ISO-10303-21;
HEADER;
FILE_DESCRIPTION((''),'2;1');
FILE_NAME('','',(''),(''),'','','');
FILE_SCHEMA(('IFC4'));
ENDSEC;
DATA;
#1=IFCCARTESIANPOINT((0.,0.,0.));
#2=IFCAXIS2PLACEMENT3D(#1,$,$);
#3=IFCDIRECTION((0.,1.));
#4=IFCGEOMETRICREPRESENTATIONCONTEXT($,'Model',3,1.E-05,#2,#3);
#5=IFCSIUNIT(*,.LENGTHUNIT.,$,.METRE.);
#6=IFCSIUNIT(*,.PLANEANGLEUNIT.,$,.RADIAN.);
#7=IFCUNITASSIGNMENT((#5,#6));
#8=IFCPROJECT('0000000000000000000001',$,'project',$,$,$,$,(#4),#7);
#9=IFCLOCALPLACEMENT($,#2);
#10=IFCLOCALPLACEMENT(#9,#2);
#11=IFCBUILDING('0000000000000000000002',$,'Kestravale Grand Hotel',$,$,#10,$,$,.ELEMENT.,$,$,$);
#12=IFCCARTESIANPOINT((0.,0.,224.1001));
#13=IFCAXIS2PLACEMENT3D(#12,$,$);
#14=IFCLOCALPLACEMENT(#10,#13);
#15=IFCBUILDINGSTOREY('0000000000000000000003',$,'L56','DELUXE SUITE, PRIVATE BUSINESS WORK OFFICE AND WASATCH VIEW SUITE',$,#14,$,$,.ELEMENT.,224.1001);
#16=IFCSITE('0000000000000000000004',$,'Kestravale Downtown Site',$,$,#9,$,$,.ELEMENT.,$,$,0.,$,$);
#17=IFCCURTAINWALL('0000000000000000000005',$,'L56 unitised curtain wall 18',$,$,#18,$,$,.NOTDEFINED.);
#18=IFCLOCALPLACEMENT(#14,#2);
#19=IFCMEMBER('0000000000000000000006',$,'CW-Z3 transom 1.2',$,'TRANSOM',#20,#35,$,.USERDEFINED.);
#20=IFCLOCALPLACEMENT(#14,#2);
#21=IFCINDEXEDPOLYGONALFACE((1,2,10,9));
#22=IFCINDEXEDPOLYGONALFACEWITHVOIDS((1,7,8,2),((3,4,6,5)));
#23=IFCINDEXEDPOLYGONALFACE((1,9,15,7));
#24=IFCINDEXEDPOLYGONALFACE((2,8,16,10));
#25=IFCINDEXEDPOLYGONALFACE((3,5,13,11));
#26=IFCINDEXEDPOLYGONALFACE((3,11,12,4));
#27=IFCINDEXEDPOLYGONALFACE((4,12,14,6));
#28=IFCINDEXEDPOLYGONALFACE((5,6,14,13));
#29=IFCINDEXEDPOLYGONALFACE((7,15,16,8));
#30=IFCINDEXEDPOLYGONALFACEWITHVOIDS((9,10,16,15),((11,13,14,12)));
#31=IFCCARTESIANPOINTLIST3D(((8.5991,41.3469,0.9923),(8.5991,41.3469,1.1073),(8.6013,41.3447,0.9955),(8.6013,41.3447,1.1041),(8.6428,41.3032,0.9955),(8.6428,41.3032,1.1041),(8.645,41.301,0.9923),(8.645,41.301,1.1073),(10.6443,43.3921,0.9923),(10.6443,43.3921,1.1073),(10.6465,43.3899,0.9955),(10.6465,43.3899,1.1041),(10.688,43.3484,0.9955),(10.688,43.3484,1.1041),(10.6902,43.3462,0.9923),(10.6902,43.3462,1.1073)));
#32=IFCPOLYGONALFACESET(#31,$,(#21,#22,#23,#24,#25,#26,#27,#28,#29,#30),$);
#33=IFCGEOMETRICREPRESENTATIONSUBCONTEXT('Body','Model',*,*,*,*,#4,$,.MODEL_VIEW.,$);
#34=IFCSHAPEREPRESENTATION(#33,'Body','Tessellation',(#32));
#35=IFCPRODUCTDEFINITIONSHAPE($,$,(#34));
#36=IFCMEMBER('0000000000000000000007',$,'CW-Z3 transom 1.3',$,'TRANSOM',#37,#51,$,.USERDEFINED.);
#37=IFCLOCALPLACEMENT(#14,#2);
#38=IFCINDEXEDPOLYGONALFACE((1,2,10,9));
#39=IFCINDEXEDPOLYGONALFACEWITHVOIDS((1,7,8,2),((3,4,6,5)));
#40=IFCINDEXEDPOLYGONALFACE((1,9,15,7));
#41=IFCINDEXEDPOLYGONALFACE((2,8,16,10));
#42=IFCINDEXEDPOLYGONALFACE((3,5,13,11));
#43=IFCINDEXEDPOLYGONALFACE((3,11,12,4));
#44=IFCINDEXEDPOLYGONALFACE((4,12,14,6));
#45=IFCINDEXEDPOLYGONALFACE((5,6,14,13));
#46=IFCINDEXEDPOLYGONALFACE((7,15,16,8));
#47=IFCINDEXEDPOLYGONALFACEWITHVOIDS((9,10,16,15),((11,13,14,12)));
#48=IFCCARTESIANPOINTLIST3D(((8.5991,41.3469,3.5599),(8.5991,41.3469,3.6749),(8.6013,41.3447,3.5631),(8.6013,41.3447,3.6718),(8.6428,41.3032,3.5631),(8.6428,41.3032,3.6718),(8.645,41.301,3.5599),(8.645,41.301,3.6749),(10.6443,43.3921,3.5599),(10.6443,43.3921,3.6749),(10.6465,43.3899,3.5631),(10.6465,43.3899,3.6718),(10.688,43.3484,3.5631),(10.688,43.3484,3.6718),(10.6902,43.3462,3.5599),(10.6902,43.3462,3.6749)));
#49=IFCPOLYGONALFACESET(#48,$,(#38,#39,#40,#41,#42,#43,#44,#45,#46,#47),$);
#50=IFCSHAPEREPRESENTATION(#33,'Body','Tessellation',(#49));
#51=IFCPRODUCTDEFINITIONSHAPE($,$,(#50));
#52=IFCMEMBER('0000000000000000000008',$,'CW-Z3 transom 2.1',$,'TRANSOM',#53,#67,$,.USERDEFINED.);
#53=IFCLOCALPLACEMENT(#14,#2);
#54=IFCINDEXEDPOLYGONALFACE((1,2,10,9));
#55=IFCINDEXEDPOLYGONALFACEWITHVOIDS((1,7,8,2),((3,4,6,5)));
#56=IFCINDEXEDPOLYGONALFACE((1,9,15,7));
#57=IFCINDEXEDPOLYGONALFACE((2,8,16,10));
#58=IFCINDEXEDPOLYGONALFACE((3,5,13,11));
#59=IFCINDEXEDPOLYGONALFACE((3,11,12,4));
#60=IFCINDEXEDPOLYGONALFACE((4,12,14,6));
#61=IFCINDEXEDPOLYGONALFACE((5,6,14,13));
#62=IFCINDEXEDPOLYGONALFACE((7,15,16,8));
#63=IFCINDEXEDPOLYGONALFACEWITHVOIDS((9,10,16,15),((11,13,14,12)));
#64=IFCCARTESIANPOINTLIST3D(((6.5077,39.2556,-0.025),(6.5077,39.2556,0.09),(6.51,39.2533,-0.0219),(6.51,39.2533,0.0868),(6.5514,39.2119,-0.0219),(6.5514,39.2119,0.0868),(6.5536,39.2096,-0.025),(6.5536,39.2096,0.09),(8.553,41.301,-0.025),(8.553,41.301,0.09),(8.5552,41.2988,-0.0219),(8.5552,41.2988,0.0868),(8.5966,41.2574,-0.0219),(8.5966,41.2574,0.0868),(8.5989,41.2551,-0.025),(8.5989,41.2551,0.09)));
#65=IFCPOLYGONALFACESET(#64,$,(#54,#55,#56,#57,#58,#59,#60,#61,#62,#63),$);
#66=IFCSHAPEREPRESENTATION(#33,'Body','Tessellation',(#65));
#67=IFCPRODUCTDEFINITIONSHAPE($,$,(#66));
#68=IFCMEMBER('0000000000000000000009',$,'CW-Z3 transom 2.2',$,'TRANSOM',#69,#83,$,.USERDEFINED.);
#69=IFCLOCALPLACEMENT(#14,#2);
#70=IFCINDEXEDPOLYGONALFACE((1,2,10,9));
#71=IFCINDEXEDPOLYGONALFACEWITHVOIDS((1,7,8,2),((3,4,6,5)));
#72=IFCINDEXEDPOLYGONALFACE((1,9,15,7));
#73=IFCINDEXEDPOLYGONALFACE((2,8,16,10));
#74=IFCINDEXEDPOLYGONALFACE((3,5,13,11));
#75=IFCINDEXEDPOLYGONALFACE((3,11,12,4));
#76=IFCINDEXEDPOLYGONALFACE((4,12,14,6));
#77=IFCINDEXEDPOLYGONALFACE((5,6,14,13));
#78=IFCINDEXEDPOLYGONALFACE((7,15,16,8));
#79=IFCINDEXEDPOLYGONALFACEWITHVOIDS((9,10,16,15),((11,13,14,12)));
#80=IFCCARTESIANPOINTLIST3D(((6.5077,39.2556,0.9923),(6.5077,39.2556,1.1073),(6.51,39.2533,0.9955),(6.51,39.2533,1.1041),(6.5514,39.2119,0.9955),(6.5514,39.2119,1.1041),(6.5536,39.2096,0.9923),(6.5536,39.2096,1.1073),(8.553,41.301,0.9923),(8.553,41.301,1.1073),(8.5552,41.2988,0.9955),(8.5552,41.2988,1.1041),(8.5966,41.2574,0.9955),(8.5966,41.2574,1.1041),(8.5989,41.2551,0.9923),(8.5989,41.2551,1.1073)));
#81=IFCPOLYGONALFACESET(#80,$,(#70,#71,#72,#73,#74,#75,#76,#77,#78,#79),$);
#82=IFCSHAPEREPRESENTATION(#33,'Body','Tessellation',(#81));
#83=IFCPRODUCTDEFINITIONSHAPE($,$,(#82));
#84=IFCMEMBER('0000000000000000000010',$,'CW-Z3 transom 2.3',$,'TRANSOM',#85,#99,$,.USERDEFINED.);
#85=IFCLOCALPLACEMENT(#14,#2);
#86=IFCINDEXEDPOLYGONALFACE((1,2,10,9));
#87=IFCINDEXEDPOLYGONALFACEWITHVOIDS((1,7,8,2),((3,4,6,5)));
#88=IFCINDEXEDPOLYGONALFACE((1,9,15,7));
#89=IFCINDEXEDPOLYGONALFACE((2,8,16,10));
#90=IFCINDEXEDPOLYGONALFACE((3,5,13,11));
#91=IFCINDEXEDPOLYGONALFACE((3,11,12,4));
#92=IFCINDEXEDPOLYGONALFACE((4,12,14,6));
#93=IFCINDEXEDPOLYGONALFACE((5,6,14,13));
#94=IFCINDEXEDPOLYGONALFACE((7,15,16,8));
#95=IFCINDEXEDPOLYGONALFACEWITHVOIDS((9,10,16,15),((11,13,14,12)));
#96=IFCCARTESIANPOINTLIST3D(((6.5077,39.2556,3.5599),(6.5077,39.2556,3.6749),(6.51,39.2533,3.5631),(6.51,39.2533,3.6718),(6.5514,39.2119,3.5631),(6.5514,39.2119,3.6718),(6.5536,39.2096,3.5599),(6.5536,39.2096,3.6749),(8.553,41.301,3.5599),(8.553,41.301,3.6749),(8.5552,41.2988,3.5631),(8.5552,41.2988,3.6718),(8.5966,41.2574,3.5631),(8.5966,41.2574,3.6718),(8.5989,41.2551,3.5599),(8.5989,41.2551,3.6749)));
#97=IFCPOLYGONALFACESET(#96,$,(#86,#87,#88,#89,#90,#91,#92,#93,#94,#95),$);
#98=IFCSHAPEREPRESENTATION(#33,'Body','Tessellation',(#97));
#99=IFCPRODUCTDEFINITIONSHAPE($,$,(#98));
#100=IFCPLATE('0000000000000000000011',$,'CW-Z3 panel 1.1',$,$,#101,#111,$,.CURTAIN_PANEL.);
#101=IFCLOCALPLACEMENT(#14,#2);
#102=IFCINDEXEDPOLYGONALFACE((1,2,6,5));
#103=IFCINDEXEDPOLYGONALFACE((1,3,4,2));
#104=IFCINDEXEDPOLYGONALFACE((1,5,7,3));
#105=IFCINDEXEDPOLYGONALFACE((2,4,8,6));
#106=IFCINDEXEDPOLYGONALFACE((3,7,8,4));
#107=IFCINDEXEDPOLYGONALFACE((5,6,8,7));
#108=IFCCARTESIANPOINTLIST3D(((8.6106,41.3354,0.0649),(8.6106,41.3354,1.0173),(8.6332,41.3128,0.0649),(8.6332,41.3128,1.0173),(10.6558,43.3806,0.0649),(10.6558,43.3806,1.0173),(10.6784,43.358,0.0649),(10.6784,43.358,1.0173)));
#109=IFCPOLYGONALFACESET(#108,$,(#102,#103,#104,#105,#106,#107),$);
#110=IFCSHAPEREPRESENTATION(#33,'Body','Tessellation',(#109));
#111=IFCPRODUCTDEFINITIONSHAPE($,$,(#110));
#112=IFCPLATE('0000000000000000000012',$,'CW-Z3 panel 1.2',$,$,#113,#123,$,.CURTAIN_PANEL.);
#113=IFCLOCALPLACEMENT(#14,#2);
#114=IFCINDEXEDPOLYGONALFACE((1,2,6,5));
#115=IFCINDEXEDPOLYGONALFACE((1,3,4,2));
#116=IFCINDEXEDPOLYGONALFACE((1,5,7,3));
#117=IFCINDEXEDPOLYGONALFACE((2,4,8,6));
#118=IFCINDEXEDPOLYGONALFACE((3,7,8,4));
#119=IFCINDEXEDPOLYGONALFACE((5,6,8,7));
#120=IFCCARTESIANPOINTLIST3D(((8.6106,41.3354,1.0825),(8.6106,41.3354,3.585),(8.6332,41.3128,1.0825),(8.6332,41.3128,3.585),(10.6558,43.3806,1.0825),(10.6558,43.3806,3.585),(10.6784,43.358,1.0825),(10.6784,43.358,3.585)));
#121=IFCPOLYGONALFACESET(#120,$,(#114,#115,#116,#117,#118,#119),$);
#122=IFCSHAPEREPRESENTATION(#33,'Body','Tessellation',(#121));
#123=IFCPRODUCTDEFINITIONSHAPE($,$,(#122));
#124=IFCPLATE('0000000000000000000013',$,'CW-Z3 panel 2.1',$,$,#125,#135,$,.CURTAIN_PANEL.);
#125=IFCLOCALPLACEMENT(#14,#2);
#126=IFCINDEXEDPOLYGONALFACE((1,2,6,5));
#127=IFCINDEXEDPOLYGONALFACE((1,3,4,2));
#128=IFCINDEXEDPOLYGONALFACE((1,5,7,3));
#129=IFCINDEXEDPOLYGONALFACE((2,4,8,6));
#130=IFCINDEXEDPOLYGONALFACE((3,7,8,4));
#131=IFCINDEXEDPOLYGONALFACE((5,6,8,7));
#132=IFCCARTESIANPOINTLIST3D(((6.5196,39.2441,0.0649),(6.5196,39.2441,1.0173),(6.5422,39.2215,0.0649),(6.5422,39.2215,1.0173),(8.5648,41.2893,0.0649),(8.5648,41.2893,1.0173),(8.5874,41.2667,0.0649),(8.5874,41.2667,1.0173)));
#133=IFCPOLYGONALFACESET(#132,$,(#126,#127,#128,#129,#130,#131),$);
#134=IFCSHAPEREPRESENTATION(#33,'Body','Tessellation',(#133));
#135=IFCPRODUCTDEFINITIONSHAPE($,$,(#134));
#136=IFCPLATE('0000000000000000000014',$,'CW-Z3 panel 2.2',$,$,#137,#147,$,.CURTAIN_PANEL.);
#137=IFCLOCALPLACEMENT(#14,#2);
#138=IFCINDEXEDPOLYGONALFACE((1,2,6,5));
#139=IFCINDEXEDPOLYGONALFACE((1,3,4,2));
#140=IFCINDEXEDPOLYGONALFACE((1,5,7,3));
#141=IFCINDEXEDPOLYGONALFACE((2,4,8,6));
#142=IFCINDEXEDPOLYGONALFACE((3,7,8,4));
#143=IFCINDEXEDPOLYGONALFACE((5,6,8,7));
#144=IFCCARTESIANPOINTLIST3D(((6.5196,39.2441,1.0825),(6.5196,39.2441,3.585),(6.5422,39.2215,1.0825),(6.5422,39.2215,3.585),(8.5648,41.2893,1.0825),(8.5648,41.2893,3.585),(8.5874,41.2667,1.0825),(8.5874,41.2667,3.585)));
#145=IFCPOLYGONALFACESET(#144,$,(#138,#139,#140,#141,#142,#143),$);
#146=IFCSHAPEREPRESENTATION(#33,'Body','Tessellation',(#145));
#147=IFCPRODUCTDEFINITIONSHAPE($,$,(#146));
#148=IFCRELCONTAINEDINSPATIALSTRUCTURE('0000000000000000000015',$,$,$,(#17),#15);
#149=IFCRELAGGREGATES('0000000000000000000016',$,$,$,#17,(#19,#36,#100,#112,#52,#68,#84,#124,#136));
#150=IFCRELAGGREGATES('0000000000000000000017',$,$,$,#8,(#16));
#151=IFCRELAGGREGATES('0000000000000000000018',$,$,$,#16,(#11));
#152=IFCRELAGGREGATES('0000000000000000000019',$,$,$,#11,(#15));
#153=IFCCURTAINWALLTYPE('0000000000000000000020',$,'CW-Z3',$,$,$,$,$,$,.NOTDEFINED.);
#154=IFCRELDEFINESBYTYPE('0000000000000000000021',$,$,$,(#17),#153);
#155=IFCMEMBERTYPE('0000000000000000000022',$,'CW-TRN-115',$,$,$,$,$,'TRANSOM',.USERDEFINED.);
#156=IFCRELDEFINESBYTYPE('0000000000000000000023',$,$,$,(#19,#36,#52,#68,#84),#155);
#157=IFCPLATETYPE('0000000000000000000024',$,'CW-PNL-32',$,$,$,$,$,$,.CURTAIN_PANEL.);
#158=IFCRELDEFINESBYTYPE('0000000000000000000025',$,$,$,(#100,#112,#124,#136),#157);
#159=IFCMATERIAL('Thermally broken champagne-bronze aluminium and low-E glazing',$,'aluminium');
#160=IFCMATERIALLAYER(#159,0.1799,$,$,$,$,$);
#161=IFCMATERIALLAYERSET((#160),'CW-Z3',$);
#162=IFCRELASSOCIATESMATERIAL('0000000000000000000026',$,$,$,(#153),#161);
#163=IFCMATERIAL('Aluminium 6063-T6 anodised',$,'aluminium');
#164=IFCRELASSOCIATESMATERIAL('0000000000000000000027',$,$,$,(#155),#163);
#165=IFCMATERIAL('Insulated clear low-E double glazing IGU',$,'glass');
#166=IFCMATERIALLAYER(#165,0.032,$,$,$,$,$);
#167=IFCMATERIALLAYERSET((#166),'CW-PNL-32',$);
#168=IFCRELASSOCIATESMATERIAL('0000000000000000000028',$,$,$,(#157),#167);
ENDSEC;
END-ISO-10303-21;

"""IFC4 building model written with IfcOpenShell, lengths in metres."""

from ifc_helpers import new_model, si_unit, direction, frame, origin, origin_2d, place, context, subcontext, project, spatial, rectangle, hollow_rectangle, extrude, material, layer, layer_set, material_profile, profile_set, type_object, element, aggregate, save


model = new_model("IFC4")

# Units and contexts
model_context = context("Model", 3, precision=1e-05, world=origin(), true_north=direction((0.0, 1.0)))
body_context = subcontext(model_context, "Body", "Model", "MODEL_VIEW")
ifc_project = project(units=[si_unit("LENGTHUNIT", "METRE"), si_unit("PLANEANGLEUNIT", "RADIAN")], contexts=[model_context])

# Site, building, storey
site_placement = place(None, origin())
site = spatial("IfcSite", under=ifc_project, at=site_placement, Name="Kestravale Downtown Site", CompositionType="ELEMENT", RefElevation=0.0)
building_placement = place(site_placement, origin())
building = spatial("IfcBuilding", under=site, at=building_placement, Name="Kestravale Grand Hotel", CompositionType="ELEMENT")
storey_placement = place(building_placement, frame((0.0, 0.0, 224.1001)))
storey = spatial("IfcBuildingStorey", under=building, at=storey_placement, Name="L56", Description="DELUXE SUITE, PRIVATE BUSINESS WORK OFFICE AND WASATCH VIEW SUITE", CompositionType="ELEMENT", Elevation=224.1001)

# Curtain wall, members, plates
ifc_material_1 = material(Name="Thermally broken champagne-bronze aluminium and low-E glazing", Category="aluminium")
ifc_layer_1 = layer(ifc_material_1, 0.1799)
ifc_layer_set_1 = layer_set([ifc_layer_1], Name="CW-Z3")
curtain_wall_type = type_object("IfcCurtainWallType", Name="CW-Z3", PredefinedType="NOTDEFINED", material=ifc_layer_set_1)
curtain_wall_placement = place(storey_placement, origin())
curtain_wall = element("IfcCurtainWall", 1, at=curtain_wall_placement, inside=storey, type_object=curtain_wall_type, Name="L56 unitised curtain wall 18", PredefinedType="NOTDEFINED")
ifc_material_2 = material(Name="Aluminium 6063-T6 anodised", Category="aluminium")
ifc_material_profile_1 = material_profile(ifc_material_2, hollow_rectangle(XDim=0.0649, YDim=0.115, WallThickness=0.0032, at=origin_2d()))
ifc_profile_set_1 = profile_set([ifc_material_profile_1], Name="Aluminium 6063-T6 anodised")
member_type_1 = type_object("IfcMemberType", Name="CW-TRN-115", ElementType="TRANSOM", PredefinedType="USERDEFINED", material=ifc_profile_set_1)
member_1_placement = place(storey_placement, frame((10.6672, 43.3691, 1.0498), z_axis=(-0.707107, -0.707107, 0.0), x_axis=(0.707107, -0.707107, 0.0)))
member_1 = element("IfcMember", 2, at=member_1_placement, type_object=member_type_1, Name="CW-Z3 transom 1.2", ObjectType="TRANSOM", PredefinedType="USERDEFINED", context=body_context, shape_type="SweptSolid", body=[
    extrude(hollow_rectangle(XDim=0.0649, YDim=0.115, WallThickness=0.0032, at=origin_2d()), origin(), (0.0, 0.0, 1.0), 2.8923),
])
member_2_placement = place(storey_placement, frame((10.6672, 43.3691, 3.6174), z_axis=(-0.707107, -0.707107, 0.0), x_axis=(0.707107, -0.707107, 0.0)))
member_2 = element("IfcMember", 3, at=member_2_placement, type_object=member_type_1, Name="CW-Z3 transom 1.3", ObjectType="TRANSOM", PredefinedType="USERDEFINED", context=body_context, shape_type="SweptSolid", body=[
    extrude(hollow_rectangle(XDim=0.0649, YDim=0.115, WallThickness=0.0032, at=origin_2d()), origin(), (0.0, 0.0, 1.0), 2.8923),
])
member_3_placement = place(storey_placement, frame((8.5759, 41.2781, 0.0325), z_axis=(-0.707065, -0.707149, 0.0), x_axis=(0.707149, -0.707065, 0.0)))
member_3 = element("IfcMember", 4, at=member_3_placement, type_object=member_type_1, Name="CW-Z3 transom 2.1", ObjectType="TRANSOM", PredefinedType="USERDEFINED", context=body_context, shape_type="SweptSolid", body=[
    extrude(hollow_rectangle(XDim=0.0649, YDim=0.115, WallThickness=0.0032, at=origin_2d()), origin(), (0.0, 0.0, 1.0), 2.8926),
])
member_4_placement = place(storey_placement, frame((8.5759, 41.2781, 1.0498), z_axis=(-0.707065, -0.707149, 0.0), x_axis=(0.707149, -0.707065, 0.0)))
member_4 = element("IfcMember", 5, at=member_4_placement, type_object=member_type_1, Name="CW-Z3 transom 2.2", ObjectType="TRANSOM", PredefinedType="USERDEFINED", context=body_context, shape_type="SweptSolid", body=[
    extrude(hollow_rectangle(XDim=0.0649, YDim=0.115, WallThickness=0.0032, at=origin_2d()), origin(), (0.0, 0.0, 1.0), 2.8926),
])
member_5_placement = place(storey_placement, frame((8.5759, 41.2781, 3.6174), z_axis=(-0.707065, -0.707149, 0.0), x_axis=(0.707149, -0.707065, 0.0)))
member_5 = element("IfcMember", 6, at=member_5_placement, type_object=member_type_1, Name="CW-Z3 transom 2.3", ObjectType="TRANSOM", PredefinedType="USERDEFINED", context=body_context, shape_type="SweptSolid", body=[
    extrude(hollow_rectangle(XDim=0.0649, YDim=0.115, WallThickness=0.0032, at=origin_2d()), origin(), (0.0, 0.0, 1.0), 2.8926),
])
ifc_material_3 = material(Name="Insulated clear low-E double glazing IGU", Category="glass")
ifc_layer_2 = layer(ifc_material_3, 0.032)
ifc_layer_set_2 = layer_set([ifc_layer_2], Name="CW-PNL-32")
plate_type = type_object("IfcPlateType", Name="CW-PNL-32", PredefinedType="CURTAIN_PANEL", material=ifc_layer_set_2)
plate_1_placement = place(storey_placement, frame((9.6445, 42.3467, 0.0649), z_axis=(0.0, 0.0, 1.0), x_axis=(-0.707107, -0.707107, 0.0)))
plate_1 = element("IfcPlate", 7, at=plate_1_placement, type_object=plate_type, Name="CW-Z3 panel 1.1", PredefinedType="CURTAIN_PANEL", context=body_context, shape_type="SweptSolid", body=[
    extrude(rectangle(XDim=2.8923, YDim=0.032, at=origin_2d()), origin(), (0.0, 0.0, 1.0), 0.9524),
])
plate_2_placement = place(storey_placement, frame((9.6445, 42.3467, 1.0825), z_axis=(0.0, 0.0, 1.0), x_axis=(-0.707107, -0.707107, 0.0)))
plate_2 = element("IfcPlate", 8, at=plate_2_placement, type_object=plate_type, Name="CW-Z3 panel 1.2", PredefinedType="CURTAIN_PANEL", context=body_context, shape_type="SweptSolid", body=[
    extrude(rectangle(XDim=2.8923, YDim=0.032, at=origin_2d()), origin(), (0.0, 0.0, 1.0), 2.5024),
])
plate_3_placement = place(storey_placement, frame((7.5535, 40.2554, 0.0649), z_axis=(0.0, 0.0, 1.0), x_axis=(-0.707107, -0.707107, 0.0)))
plate_3 = element("IfcPlate", 9, at=plate_3_placement, type_object=plate_type, Name="CW-Z3 panel 2.1", PredefinedType="CURTAIN_PANEL", context=body_context, shape_type="SweptSolid", body=[
    extrude(rectangle(XDim=2.8923, YDim=0.032, at=origin_2d()), origin(), (0.0, 0.0, 1.0), 0.9524),
])
plate_4_placement = place(storey_placement, frame((7.5535, 40.2554, 1.0825), z_axis=(0.0, 0.0, 1.0), x_axis=(-0.707107, -0.707107, 0.0)))
plate_4 = element("IfcPlate", 10, at=plate_4_placement, type_object=plate_type, Name="CW-Z3 panel 2.2", PredefinedType="CURTAIN_PANEL", context=body_context, shape_type="SweptSolid", body=[
    extrude(rectangle(XDim=2.8923, YDim=0.032, at=origin_2d()), origin(), (0.0, 0.0, 1.0), 2.5024),
])
aggregate(curtain_wall, [member_1, member_2, plate_1, plate_2, member_3, member_4, member_5, plate_3, plate_4])

save(model, "model.ifc")
